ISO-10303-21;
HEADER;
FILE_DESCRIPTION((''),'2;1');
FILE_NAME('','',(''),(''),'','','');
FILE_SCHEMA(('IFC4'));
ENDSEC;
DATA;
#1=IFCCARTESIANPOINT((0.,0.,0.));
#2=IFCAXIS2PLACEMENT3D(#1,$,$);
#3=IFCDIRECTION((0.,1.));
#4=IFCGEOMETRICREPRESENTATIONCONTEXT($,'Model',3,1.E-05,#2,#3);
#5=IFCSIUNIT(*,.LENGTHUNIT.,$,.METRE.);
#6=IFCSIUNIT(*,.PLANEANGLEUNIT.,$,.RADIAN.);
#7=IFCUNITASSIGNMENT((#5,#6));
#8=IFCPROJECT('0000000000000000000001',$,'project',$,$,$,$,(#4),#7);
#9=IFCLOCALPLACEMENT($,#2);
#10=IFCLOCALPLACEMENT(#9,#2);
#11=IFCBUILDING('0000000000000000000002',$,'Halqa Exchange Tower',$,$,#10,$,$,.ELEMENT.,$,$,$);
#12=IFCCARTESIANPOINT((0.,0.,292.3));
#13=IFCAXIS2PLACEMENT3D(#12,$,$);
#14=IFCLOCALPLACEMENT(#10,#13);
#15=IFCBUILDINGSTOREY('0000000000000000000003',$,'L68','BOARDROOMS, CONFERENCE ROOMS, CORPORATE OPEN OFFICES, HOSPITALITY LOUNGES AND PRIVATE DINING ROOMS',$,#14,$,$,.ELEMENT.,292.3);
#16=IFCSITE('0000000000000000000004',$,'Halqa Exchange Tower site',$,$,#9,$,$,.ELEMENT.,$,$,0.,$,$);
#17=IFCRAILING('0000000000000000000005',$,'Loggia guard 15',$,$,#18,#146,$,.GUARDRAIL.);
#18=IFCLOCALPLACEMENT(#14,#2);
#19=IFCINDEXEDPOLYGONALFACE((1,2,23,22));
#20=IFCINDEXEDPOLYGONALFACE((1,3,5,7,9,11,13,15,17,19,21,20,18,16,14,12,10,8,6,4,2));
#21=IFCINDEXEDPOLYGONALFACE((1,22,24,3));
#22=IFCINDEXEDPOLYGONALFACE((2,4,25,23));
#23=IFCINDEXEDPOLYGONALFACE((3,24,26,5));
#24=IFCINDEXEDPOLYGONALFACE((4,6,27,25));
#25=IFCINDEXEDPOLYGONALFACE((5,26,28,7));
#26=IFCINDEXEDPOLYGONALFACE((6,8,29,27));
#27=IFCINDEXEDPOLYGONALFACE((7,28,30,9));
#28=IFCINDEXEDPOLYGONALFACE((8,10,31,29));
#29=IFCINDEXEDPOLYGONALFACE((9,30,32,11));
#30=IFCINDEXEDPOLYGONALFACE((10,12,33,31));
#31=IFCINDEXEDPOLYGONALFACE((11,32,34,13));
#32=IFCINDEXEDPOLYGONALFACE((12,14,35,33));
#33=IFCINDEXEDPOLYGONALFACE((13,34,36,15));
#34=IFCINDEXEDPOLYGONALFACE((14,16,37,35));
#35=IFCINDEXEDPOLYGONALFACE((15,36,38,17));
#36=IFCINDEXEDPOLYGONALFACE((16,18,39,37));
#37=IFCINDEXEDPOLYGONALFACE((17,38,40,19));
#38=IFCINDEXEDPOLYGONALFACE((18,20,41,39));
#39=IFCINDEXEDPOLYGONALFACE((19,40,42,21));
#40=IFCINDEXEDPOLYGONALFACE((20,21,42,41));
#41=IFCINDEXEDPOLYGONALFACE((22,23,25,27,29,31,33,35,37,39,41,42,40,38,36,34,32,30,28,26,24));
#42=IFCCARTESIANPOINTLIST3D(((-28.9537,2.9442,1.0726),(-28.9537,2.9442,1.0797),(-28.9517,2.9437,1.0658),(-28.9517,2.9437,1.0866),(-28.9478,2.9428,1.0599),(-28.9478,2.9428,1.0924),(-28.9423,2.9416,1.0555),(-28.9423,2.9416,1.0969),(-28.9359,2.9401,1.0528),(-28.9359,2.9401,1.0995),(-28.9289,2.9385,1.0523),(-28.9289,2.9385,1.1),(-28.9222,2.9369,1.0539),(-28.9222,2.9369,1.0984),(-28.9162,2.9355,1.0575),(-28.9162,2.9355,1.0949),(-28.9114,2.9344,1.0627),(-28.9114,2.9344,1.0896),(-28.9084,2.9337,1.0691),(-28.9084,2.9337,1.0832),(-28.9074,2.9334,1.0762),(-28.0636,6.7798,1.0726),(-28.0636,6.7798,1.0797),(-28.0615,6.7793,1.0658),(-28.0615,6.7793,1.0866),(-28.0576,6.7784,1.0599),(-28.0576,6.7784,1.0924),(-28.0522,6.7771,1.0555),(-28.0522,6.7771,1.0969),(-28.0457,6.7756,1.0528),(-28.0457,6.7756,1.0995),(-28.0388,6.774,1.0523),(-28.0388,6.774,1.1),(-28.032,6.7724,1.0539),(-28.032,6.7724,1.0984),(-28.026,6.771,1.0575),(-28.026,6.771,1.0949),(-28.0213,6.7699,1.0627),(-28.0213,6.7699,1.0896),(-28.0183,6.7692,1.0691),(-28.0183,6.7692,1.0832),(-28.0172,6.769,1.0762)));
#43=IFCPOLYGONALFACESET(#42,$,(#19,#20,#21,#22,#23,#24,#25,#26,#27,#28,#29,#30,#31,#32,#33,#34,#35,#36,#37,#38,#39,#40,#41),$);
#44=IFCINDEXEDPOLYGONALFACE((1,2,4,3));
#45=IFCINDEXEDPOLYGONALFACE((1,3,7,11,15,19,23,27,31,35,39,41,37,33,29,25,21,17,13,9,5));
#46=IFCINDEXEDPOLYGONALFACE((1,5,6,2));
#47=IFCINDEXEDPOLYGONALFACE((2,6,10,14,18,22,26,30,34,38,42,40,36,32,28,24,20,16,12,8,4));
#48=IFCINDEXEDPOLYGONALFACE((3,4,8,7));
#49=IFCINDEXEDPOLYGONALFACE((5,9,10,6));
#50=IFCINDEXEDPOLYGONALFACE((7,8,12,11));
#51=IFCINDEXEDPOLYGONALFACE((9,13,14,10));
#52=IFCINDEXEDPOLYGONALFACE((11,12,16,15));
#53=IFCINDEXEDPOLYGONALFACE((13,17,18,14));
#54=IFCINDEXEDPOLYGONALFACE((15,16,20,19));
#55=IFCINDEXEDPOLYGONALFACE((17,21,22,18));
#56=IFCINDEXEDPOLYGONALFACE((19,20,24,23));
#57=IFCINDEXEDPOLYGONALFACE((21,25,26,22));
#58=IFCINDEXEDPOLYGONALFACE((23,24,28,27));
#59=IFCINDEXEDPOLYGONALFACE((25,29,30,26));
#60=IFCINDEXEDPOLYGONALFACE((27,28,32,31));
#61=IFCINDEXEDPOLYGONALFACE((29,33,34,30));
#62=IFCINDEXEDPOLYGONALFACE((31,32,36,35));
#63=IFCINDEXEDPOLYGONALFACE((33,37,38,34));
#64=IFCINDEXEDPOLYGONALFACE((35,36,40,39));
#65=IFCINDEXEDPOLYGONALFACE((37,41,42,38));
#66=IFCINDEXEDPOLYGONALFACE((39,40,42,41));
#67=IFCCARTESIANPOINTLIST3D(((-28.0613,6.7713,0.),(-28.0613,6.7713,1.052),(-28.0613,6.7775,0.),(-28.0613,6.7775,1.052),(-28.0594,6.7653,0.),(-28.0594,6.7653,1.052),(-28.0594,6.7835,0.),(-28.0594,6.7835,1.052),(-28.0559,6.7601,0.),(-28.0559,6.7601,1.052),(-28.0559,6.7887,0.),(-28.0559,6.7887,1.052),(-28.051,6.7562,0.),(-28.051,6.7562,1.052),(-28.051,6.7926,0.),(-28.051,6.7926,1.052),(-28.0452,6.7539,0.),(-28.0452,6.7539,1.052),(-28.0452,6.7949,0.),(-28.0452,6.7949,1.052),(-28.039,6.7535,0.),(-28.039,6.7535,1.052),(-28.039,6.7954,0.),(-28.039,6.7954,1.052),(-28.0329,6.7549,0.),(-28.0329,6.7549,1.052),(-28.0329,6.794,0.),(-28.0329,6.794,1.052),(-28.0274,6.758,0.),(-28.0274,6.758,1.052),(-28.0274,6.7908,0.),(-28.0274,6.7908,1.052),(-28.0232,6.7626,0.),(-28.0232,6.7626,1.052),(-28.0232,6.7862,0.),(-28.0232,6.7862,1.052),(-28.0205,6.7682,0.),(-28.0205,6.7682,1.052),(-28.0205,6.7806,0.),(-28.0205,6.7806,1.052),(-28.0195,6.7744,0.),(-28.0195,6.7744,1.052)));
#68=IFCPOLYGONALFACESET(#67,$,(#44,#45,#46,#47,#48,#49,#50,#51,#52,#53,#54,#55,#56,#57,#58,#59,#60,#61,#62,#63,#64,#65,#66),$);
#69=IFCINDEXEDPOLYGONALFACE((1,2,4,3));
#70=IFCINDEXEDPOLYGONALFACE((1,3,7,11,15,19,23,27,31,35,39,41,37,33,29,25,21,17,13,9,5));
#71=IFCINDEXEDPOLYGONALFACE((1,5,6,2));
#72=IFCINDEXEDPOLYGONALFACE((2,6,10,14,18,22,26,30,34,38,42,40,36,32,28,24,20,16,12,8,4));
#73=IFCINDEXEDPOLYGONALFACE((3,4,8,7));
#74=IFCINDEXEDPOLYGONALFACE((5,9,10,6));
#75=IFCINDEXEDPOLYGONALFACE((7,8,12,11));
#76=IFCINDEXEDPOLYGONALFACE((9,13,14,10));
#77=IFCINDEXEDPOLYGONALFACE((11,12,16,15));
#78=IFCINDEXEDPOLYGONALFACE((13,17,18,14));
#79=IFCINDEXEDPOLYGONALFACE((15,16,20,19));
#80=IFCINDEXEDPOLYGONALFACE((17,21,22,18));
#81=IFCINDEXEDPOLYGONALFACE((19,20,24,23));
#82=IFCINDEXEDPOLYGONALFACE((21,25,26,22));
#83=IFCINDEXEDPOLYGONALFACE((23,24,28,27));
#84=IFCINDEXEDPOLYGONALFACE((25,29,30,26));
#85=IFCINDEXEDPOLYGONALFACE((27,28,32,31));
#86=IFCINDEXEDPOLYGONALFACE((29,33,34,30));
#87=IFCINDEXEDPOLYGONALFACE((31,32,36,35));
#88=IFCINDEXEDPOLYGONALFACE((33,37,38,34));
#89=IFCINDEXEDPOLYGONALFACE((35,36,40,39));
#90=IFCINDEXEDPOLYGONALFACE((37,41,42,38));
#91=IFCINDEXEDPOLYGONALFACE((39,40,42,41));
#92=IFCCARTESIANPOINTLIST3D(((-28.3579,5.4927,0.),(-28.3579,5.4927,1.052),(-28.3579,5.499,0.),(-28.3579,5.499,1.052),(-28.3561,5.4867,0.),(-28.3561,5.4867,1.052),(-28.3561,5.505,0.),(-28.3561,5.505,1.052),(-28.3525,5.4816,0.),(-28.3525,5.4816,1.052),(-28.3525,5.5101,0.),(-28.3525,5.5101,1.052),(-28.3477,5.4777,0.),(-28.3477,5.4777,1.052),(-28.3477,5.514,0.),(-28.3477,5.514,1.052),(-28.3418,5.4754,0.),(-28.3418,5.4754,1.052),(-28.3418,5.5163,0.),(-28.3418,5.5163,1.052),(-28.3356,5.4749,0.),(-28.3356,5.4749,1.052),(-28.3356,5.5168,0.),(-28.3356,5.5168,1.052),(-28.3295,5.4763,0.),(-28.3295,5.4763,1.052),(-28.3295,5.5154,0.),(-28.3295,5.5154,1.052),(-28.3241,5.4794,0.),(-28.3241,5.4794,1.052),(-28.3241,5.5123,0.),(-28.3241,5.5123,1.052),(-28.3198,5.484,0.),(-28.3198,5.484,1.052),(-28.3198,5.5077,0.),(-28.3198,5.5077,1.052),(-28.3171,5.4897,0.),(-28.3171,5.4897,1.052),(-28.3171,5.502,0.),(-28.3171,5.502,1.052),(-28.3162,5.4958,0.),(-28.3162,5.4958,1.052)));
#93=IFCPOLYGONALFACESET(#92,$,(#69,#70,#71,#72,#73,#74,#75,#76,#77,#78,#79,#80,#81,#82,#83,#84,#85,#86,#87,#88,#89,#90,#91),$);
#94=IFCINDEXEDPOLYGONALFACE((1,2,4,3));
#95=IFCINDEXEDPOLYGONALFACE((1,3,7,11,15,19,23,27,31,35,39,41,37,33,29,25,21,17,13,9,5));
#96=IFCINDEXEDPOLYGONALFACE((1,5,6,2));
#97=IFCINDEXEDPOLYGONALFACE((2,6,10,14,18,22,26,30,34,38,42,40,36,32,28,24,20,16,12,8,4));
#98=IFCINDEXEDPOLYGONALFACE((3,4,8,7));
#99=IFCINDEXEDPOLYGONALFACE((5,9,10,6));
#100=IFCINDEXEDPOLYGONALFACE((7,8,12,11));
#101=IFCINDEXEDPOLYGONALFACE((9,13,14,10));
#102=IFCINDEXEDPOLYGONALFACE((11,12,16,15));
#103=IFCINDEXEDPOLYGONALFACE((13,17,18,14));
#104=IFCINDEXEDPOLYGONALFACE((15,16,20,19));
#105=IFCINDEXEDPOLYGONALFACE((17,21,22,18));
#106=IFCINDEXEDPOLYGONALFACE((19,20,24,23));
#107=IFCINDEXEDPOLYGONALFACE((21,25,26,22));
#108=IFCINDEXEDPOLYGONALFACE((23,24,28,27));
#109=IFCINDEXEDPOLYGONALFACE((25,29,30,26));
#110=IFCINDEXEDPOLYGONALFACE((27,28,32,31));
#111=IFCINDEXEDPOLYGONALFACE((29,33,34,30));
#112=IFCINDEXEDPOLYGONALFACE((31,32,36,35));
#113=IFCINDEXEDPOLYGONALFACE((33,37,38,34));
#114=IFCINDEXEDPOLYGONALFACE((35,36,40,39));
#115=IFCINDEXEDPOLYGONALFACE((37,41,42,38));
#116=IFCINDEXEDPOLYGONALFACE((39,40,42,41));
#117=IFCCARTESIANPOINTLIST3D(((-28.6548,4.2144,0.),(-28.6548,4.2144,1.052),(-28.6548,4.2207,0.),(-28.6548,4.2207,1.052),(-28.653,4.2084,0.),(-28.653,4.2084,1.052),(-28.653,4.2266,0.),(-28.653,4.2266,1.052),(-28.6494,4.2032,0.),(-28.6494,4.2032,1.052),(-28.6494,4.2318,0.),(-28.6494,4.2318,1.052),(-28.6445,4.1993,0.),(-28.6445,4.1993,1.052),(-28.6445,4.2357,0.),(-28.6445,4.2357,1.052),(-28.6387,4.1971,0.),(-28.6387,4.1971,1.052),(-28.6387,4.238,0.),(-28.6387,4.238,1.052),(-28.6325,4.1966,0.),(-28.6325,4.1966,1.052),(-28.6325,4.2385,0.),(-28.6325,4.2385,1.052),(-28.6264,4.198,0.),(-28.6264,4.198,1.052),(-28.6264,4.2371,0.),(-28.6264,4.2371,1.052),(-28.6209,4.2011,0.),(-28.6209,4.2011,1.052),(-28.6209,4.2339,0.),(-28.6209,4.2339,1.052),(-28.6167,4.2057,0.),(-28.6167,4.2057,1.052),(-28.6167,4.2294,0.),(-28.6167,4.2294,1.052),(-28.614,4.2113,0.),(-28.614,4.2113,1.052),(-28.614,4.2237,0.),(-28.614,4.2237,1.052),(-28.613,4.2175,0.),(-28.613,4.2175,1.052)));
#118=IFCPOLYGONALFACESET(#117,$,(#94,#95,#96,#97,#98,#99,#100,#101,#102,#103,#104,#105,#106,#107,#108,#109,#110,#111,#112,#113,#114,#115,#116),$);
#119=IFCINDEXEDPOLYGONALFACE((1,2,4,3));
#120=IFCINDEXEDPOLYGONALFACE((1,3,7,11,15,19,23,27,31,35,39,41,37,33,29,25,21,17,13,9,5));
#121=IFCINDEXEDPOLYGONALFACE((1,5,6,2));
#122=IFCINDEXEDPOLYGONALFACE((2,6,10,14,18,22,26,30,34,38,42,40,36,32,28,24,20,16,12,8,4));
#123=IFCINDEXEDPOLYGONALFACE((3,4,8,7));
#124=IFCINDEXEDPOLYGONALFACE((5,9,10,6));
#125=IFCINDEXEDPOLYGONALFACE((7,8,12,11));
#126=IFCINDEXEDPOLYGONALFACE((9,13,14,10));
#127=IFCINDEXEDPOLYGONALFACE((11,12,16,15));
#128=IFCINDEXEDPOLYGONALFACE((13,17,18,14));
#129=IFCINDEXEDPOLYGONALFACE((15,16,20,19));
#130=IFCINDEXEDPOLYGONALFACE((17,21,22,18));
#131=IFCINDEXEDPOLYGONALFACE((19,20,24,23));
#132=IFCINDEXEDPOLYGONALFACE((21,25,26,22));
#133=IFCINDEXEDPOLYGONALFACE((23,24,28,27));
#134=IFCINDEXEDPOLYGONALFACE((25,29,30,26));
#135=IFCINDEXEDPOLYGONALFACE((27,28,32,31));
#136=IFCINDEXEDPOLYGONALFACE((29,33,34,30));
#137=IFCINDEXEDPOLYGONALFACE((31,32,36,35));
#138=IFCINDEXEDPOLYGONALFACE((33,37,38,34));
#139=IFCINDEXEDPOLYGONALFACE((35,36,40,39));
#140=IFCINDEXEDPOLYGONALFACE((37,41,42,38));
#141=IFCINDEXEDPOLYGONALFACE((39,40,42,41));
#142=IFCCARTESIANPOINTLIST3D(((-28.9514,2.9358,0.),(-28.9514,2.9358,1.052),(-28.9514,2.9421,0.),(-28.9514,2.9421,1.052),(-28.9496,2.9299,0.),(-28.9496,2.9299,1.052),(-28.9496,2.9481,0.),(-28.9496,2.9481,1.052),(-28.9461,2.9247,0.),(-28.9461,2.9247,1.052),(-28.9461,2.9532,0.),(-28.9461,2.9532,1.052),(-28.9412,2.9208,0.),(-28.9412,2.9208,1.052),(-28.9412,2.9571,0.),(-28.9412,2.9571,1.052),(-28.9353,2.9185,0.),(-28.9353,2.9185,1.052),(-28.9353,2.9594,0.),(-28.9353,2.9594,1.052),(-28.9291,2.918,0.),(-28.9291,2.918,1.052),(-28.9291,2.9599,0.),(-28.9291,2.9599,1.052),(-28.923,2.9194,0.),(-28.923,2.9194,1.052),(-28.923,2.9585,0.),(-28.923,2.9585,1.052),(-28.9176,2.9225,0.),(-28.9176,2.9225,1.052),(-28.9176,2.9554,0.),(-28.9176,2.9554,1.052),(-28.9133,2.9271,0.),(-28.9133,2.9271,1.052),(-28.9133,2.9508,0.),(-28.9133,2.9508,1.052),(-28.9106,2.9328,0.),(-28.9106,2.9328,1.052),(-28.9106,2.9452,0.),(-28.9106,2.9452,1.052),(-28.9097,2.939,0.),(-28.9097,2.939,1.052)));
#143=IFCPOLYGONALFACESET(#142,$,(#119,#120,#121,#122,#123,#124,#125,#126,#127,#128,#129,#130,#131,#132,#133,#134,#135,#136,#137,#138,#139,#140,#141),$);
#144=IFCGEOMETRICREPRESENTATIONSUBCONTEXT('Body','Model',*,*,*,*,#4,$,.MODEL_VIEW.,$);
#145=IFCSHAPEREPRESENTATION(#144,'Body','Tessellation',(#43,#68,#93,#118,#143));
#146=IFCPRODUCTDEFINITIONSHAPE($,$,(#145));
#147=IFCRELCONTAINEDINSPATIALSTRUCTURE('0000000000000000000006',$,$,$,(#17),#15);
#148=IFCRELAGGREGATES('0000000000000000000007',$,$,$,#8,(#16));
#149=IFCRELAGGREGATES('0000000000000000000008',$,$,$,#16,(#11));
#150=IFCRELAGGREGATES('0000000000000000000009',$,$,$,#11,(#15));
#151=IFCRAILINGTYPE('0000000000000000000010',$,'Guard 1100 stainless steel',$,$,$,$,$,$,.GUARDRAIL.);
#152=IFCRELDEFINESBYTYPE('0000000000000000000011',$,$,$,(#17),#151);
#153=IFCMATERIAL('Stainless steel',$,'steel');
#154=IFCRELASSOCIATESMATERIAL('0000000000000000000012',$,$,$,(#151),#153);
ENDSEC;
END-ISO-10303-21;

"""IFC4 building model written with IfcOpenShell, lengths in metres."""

from ifc_helpers import new_model, si_unit, direction, frame, origin, origin_2d, place, context, subcontext, project, spatial, circle, extrude, material, type_object, element, save


model = new_model("IFC4")

# Units and contexts
model_context = context("Model", 3, precision=1e-05, world=origin(), true_north=direction((0.0, 1.0)))
body_context = subcontext(model_context, "Body", "Model", "MODEL_VIEW")
ifc_project = project(units=[si_unit("LENGTHUNIT", "METRE"), si_unit("PLANEANGLEUNIT", "RADIAN")], contexts=[model_context])

# Site, building, storey
site_placement = place(None, origin())
site = spatial("IfcSite", under=ifc_project, at=site_placement, Name="Halqa Exchange Tower site", CompositionType="ELEMENT", RefElevation=0.0)
building_placement = place(site_placement, origin())
building = spatial("IfcBuilding", under=site, at=building_placement, Name="Halqa Exchange Tower", CompositionType="ELEMENT")
storey_placement = place(building_placement, frame((0.0, 0.0, 292.3)))
storey = spatial("IfcBuildingStorey", under=building, at=storey_placement, Name="L68", Description="BOARDROOMS, CONFERENCE ROOMS, CORPORATE OPEN OFFICES, HOSPITALITY LOUNGES AND PRIVATE DINING ROOMS", CompositionType="ELEMENT", Elevation=292.3)

# Railing
ifc_material_1 = material(Name="Stainless steel", Category="steel")
railing_type = type_object("IfcRailingType", Name="Guard 1100 stainless steel", PredefinedType="GUARDRAIL", material=ifc_material_1)
railing_1_placement = place(storey_placement, frame((-28.0405, 6.7744, 0.0)))
element("IfcRailing", 1, at=railing_1_placement, inside=storey, type_object=railing_type, Name="Loggia guard 15", PredefinedType="GUARDRAIL", context=body_context, shape_type="SweptSolid", body=[
    extrude(circle(Radius=0.0239, at=origin_2d()), frame((0.0, 0.0, 1.0762), z_axis=(-0.226073, -0.97411, 0.0), x_axis=(0.97411, -0.226073, 0.0)), (0.0, 0.0, 1.0), 3.9375),
    extrude(circle(Radius=0.021, at=origin_2d()), origin(), (0.0, 0.0, 1.0), 1.052),
    extrude(circle(Radius=0.021, at=origin_2d()), frame((-0.2966, -1.2786, 0.0)), (0.0, 0.0, 1.0), 1.052),
    extrude(circle(Radius=0.021, at=origin_2d()), frame((-0.5935, -2.5569, 0.0)), (0.0, 0.0, 1.0), 1.052),
    extrude(circle(Radius=0.021, at=origin_2d()), frame((-0.8901, -3.8354, 0.0)), (0.0, 0.0, 1.0), 1.052),
])

save(model, "model.ifc")
